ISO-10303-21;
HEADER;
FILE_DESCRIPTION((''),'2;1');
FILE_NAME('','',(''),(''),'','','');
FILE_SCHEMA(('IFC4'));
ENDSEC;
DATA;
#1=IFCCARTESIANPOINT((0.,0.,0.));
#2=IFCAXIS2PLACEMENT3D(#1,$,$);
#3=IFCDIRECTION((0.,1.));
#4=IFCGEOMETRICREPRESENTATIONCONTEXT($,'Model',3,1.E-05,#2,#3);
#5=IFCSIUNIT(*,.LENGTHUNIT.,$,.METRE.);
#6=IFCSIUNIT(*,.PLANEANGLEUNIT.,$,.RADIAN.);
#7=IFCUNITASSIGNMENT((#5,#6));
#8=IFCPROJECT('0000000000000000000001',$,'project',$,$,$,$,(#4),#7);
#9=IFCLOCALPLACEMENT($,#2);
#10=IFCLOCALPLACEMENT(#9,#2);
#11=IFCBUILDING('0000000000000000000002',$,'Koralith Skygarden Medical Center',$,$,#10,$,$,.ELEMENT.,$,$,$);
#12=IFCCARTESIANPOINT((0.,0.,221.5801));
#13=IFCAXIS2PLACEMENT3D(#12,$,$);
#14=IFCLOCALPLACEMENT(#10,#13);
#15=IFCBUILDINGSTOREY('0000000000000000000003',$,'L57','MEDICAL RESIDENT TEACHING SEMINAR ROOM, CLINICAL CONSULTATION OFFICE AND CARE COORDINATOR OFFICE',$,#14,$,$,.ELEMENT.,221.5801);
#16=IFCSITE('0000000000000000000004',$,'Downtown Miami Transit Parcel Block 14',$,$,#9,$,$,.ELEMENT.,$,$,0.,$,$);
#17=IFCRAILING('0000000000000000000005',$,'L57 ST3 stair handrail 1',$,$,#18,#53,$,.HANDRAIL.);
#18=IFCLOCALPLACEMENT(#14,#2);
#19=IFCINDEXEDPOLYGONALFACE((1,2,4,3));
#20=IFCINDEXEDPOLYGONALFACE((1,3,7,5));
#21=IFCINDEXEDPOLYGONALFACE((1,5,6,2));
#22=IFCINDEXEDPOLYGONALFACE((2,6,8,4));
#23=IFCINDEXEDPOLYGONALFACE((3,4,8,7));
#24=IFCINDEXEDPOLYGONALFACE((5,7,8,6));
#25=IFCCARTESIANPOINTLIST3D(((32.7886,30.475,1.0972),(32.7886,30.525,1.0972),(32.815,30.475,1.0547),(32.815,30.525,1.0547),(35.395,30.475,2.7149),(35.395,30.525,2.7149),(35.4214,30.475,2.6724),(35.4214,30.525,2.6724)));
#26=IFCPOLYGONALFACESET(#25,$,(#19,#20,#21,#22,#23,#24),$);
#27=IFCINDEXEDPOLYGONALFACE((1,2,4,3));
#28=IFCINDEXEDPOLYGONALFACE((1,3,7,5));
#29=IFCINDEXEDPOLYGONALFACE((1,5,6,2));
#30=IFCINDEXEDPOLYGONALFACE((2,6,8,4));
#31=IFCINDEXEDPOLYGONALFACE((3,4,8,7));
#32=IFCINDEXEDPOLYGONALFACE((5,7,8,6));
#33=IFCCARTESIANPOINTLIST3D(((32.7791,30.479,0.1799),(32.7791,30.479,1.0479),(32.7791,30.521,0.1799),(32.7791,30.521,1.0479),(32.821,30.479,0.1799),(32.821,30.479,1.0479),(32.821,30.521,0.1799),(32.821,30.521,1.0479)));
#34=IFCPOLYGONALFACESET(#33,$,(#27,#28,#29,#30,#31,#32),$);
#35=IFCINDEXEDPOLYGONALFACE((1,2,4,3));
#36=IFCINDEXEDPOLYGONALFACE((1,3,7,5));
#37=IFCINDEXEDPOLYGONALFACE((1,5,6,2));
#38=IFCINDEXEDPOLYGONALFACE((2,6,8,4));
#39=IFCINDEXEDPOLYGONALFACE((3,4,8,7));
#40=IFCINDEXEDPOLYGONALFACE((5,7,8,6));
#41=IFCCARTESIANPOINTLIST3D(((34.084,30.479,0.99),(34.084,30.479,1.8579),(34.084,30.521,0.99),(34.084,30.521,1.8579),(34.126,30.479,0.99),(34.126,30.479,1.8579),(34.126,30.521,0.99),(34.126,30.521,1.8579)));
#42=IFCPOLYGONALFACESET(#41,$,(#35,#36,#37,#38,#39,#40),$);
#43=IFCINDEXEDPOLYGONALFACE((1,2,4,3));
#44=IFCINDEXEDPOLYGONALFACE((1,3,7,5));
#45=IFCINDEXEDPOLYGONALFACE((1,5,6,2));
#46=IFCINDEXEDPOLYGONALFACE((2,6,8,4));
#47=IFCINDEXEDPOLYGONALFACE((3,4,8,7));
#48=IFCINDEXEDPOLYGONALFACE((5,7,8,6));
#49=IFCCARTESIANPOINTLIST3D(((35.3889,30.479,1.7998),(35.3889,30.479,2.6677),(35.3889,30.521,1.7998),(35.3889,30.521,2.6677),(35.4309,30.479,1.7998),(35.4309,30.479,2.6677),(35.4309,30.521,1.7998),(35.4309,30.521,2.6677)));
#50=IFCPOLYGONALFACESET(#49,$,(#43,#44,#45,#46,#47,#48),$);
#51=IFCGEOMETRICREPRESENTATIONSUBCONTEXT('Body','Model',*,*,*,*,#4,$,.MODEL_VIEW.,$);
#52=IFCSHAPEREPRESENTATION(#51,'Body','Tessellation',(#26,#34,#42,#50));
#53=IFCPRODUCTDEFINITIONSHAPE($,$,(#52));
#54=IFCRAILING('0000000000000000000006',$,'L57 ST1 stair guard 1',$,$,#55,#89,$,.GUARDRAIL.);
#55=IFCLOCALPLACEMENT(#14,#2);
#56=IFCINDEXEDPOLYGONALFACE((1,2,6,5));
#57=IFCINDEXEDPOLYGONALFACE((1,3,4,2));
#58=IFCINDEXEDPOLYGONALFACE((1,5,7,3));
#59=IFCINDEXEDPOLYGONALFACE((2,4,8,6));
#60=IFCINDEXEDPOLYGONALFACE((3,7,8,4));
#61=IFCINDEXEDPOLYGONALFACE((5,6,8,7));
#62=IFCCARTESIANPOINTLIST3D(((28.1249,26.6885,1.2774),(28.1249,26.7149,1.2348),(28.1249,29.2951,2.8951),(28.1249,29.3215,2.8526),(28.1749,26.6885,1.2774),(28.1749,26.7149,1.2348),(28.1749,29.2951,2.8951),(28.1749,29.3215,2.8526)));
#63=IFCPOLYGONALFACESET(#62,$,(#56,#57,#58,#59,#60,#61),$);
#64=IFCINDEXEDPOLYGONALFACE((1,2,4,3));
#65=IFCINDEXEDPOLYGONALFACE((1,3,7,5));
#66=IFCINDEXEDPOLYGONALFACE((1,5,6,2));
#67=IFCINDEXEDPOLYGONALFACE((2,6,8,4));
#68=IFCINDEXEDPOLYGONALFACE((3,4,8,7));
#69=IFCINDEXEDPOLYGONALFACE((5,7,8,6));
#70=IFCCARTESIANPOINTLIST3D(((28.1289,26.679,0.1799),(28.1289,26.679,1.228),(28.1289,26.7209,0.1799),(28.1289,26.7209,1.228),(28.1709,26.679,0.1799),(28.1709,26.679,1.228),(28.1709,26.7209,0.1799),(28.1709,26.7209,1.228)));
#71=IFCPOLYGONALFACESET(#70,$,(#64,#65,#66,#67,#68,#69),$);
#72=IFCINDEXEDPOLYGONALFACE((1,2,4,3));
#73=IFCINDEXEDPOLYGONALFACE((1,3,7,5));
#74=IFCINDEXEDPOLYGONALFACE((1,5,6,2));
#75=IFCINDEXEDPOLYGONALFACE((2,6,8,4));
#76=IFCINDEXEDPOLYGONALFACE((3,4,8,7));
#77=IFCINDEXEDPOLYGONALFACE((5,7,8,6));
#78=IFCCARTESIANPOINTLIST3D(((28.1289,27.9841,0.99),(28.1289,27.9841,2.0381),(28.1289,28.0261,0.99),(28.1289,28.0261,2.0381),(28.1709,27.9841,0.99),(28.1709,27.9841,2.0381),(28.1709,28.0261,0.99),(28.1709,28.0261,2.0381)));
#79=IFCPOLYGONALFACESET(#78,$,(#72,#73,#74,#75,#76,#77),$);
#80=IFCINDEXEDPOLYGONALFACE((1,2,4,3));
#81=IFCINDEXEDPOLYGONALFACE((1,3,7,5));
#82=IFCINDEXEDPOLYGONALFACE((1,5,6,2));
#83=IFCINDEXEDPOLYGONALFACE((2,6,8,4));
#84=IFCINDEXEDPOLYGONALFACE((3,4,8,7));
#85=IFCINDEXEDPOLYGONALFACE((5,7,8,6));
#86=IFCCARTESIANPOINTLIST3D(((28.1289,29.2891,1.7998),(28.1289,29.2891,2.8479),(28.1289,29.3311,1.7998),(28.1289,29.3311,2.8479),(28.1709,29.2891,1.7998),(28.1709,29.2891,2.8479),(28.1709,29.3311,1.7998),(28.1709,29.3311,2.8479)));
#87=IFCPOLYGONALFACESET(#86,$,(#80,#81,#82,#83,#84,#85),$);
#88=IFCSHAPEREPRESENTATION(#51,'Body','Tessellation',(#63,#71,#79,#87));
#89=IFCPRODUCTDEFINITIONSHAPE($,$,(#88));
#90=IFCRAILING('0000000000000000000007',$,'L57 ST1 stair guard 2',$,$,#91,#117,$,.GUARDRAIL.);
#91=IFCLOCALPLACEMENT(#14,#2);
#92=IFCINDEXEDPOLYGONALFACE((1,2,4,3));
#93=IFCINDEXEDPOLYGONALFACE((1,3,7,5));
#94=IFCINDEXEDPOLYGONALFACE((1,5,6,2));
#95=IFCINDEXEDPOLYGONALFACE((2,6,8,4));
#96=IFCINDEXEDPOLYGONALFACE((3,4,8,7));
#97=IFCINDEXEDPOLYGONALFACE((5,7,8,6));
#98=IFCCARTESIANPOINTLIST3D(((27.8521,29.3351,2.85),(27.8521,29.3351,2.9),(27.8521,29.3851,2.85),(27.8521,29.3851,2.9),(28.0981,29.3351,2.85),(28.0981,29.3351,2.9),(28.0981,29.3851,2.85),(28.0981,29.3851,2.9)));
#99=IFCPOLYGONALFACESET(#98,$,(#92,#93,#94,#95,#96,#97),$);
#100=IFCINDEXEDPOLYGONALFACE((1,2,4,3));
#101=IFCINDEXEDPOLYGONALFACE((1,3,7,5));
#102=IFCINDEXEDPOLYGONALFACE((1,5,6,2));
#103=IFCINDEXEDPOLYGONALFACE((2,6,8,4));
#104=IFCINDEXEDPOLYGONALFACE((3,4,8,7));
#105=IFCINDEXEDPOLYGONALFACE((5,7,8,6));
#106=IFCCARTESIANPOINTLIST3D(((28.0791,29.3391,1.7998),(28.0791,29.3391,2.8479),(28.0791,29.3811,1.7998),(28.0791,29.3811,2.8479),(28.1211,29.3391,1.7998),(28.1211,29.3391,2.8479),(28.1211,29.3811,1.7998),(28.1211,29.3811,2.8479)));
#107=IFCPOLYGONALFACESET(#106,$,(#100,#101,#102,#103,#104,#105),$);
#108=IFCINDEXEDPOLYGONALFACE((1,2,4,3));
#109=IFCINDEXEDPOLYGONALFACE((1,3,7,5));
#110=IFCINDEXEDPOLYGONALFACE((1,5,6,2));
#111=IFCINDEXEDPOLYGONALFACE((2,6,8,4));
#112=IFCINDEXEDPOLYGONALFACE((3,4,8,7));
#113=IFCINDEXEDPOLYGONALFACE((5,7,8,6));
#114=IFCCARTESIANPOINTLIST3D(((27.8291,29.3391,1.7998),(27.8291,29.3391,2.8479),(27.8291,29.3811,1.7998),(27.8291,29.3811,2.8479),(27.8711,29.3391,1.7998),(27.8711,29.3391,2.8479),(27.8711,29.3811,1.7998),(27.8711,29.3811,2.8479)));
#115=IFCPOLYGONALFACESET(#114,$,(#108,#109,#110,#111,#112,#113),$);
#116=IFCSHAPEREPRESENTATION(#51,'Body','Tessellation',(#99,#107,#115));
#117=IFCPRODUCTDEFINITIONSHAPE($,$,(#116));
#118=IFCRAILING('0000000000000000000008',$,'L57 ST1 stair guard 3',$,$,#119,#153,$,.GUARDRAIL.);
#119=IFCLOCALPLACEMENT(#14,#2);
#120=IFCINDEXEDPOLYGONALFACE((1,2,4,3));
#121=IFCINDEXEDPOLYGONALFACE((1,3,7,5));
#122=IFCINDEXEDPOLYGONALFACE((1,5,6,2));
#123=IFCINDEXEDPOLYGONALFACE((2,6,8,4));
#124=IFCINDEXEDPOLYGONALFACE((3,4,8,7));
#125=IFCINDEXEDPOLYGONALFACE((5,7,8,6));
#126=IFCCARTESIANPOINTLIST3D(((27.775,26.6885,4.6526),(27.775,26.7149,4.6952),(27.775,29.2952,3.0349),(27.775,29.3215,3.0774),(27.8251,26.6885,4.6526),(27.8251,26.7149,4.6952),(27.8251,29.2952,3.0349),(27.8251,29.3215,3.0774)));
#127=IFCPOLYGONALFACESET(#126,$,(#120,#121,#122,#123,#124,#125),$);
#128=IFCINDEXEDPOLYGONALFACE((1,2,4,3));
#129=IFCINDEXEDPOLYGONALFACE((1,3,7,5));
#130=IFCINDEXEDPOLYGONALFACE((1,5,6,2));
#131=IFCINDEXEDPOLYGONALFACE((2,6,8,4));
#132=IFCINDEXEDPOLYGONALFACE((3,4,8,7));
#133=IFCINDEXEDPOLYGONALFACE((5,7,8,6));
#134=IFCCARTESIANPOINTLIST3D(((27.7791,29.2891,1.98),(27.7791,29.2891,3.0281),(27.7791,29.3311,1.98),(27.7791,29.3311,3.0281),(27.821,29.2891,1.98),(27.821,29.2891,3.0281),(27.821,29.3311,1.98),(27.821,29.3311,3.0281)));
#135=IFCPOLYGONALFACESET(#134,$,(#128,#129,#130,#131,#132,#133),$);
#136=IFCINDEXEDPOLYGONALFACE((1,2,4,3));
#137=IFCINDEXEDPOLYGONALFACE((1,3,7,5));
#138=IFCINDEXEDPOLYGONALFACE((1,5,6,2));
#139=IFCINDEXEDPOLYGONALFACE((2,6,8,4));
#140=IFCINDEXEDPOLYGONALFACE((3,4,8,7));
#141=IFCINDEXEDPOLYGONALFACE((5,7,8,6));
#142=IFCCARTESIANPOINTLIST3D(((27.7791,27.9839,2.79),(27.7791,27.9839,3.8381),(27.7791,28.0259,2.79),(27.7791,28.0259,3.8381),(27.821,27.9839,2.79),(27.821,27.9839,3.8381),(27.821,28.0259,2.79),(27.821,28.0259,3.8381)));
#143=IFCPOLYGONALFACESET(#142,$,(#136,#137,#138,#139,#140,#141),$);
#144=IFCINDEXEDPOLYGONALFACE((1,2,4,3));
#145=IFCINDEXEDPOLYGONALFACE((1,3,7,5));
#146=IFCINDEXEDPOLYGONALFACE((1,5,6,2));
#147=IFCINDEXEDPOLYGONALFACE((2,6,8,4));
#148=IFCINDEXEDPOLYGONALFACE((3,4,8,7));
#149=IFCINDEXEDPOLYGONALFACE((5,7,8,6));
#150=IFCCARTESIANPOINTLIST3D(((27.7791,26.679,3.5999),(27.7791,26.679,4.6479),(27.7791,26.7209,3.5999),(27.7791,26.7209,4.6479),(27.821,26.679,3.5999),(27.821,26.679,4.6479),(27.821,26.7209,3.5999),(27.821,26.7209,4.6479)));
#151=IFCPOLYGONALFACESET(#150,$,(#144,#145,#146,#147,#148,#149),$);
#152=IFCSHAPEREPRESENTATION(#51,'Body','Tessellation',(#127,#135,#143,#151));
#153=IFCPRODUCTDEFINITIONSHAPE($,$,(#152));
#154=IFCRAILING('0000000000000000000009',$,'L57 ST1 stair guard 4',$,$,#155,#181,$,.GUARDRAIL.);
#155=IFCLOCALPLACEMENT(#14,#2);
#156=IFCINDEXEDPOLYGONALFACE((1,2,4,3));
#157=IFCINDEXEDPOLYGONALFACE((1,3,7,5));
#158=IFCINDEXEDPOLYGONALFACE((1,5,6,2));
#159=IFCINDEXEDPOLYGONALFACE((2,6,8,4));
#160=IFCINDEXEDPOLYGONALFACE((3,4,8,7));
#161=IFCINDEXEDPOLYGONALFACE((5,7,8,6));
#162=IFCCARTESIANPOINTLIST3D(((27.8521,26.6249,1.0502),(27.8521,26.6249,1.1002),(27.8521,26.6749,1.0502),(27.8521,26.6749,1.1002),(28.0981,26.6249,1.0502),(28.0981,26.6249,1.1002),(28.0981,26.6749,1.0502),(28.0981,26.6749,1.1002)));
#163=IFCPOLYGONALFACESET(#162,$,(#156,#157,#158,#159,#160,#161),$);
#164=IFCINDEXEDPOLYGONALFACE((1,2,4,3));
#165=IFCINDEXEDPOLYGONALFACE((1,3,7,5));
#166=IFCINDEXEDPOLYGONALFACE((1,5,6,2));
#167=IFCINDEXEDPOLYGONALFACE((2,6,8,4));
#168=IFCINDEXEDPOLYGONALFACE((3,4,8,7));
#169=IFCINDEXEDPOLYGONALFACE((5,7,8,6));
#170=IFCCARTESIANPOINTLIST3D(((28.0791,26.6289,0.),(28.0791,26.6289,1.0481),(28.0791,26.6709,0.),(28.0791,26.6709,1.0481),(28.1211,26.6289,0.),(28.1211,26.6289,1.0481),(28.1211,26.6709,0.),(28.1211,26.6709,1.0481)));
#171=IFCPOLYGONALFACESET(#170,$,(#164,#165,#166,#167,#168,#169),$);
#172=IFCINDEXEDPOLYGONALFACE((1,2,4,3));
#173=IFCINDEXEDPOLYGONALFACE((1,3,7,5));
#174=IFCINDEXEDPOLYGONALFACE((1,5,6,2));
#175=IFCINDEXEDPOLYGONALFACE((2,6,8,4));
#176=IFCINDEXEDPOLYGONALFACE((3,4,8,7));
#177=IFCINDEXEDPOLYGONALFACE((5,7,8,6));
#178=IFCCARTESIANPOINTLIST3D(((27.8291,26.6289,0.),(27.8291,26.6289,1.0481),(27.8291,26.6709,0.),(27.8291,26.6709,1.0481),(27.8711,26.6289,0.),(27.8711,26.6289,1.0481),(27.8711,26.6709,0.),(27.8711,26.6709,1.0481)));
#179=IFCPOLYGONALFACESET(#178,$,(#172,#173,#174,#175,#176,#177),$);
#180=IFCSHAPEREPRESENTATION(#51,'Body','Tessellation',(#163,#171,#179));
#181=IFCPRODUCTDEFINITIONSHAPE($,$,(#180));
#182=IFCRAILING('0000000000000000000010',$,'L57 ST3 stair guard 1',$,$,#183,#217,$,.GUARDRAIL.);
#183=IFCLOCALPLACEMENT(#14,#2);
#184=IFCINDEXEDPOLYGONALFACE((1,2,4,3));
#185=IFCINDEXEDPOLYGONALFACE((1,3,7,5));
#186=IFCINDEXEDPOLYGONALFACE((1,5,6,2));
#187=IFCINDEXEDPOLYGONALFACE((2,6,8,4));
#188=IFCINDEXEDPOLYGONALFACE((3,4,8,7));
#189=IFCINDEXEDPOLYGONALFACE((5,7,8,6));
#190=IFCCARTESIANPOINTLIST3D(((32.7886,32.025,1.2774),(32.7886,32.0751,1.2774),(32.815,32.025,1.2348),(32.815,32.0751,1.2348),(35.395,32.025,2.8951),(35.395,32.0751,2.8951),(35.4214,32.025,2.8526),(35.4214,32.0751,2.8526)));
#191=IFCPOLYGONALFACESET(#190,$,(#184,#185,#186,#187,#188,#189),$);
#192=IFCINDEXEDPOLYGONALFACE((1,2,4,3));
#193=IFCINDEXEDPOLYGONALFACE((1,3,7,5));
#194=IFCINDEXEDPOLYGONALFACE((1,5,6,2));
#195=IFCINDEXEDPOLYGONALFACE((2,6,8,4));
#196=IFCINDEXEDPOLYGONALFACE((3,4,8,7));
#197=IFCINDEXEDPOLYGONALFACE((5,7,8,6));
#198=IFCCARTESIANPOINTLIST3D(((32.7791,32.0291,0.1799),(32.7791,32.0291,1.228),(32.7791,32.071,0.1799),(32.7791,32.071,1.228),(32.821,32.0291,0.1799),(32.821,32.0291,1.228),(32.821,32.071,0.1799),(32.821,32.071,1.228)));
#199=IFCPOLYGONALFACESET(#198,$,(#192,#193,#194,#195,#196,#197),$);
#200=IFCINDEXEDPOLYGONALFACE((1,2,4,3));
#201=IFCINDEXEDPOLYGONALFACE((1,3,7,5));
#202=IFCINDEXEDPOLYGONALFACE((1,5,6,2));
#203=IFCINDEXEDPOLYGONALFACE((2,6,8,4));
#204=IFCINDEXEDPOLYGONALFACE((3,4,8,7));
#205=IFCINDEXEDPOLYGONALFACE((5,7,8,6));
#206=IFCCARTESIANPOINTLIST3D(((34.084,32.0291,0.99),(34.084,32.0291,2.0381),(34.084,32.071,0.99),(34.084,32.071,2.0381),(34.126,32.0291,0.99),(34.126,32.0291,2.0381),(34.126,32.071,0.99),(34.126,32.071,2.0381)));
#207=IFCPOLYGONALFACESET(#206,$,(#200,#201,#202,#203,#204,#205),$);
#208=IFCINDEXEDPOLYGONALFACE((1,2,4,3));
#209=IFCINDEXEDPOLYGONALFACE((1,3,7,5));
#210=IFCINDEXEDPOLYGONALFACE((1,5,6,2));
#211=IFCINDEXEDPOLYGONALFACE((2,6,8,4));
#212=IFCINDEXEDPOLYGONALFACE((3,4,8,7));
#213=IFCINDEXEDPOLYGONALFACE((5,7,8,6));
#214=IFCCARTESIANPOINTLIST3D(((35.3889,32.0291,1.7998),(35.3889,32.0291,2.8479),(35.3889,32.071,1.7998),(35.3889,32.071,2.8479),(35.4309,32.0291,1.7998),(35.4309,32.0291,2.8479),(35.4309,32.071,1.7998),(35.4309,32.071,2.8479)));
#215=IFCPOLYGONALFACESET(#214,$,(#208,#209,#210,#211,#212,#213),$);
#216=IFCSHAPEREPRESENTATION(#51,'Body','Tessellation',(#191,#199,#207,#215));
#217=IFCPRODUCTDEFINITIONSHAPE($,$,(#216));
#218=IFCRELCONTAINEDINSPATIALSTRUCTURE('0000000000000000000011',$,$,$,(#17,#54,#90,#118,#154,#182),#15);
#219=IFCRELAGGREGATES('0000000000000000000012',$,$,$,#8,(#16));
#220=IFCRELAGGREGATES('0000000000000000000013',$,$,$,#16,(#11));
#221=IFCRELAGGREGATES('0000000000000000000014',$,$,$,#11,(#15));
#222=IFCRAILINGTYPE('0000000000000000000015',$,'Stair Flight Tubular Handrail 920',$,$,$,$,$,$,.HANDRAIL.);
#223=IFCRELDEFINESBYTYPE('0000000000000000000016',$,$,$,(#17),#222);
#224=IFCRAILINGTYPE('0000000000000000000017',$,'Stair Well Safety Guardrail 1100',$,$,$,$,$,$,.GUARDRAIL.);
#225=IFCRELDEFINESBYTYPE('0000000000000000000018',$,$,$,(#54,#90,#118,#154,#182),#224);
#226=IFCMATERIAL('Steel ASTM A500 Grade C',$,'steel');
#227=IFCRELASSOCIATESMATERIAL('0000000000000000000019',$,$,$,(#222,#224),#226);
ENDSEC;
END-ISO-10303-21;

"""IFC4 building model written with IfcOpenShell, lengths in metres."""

from ifc_helpers import new_model, si_unit, direction, frame, origin, origin_2d, place, context, subcontext, project, spatial, rectangle, extrude, material, type_object, element, save


model = new_model("IFC4")

# Units and contexts
model_context = context("Model", 3, precision=1e-05, world=origin(), true_north=direction((0.0, 1.0)))
body_context = subcontext(model_context, "Body", "Model", "MODEL_VIEW")
ifc_project = project(units=[si_unit("LENGTHUNIT", "METRE"), si_unit("PLANEANGLEUNIT", "RADIAN")], contexts=[model_context])

# Site, building, storey
site_placement = place(None, origin())
site = spatial("IfcSite", under=ifc_project, at=site_placement, Name="Downtown Miami Transit Parcel Block 14", CompositionType="ELEMENT", RefElevation=0.0)
building_placement = place(site_placement, origin())
building = spatial("IfcBuilding", under=site, at=building_placement, Name="Koralith Skygarden Medical Center", CompositionType="ELEMENT")
storey_placement = place(building_placement, frame((0.0, 0.0, 221.5801)))
storey = spatial("IfcBuildingStorey", under=building, at=storey_placement, Name="L57", Description="MEDICAL RESIDENT TEACHING SEMINAR ROOM, CLINICAL CONSULTATION OFFICE AND CARE COORDINATOR OFFICE", CompositionType="ELEMENT", Elevation=221.5801)

# Railings
ifc_material_1 = material(Name="Steel ASTM A500 Grade C", Category="steel")
railing_type_1 = type_object("IfcRailingType", Name="Stair Flight Tubular Handrail 920", PredefinedType="HANDRAIL", material=ifc_material_1)
railing_1_placement = place(storey_placement, frame((32.8, 30.5, 0.1799)))
element("IfcRailing", 1, at=railing_1_placement, inside=storey, type_object=railing_type_1, Name="L57 ST3 stair handrail 1", PredefinedType="HANDRAIL", context=body_context, shape_type="SweptSolid", body=[
    extrude(rectangle(XDim=0.05, YDim=0.05, at=origin_2d()), frame((0.0017, 0.0, 0.896), z_axis=(0.849646, 0.0, 0.527353), x_axis=(0.0, 1.0, 0.0)), (0.0, 0.0, 1.0), 3.0676),
    extrude(rectangle(XDim=0.042, YDim=0.042, at=origin_2d()), origin(), (0.0, 0.0, 1.0), 0.8679),
    extrude(rectangle(XDim=0.042, YDim=0.042, at=origin_2d()), frame((1.3049, 0.0, 0.8101)), (0.0, 0.0, 1.0), 0.8679),
    extrude(rectangle(XDim=0.042, YDim=0.042, at=origin_2d()), frame((2.6099, 0.0, 1.6199)), (0.0, 0.0, 1.0), 0.8679),
])
railing_type_2 = type_object("IfcRailingType", Name="Stair Well Safety Guardrail 1100", PredefinedType="GUARDRAIL", material=ifc_material_1)
railing_2_placement = place(storey_placement, frame((28.1499, 26.7, 0.1799)))
element("IfcRailing", 2, at=railing_2_placement, inside=storey, type_object=railing_type_2, Name="L57 ST1 stair guard 1", PredefinedType="GUARDRAIL", context=body_context, shape_type="SweptSolid", body=[
    extrude(rectangle(XDim=0.05, YDim=0.05, at=origin_2d()), frame((0.0, 0.0017, 1.0762), z_axis=(0.0, 0.849668, 0.527317), x_axis=(-1.0, 0.0, 0.0)), (0.0, 0.0, 1.0), 3.0679),
    extrude(rectangle(XDim=0.042, YDim=0.042, at=origin_2d()), origin(), (0.0, 0.0, 1.0), 1.0481),
    extrude(rectangle(XDim=0.042, YDim=0.042, at=origin_2d()), frame((0.0, 1.3052, 0.8101)), (0.0, 0.0, 1.0), 1.0481),
    extrude(rectangle(XDim=0.042, YDim=0.042, at=origin_2d()), frame((0.0, 2.6101, 1.6199)), (0.0, 0.0, 1.0), 1.0481),
])
railing_3_placement = place(storey_placement, frame((28.1001, 29.3601, 1.7998)))
element("IfcRailing", 3, at=railing_3_placement, inside=storey, type_object=railing_type_2, Name="L57 ST1 stair guard 2", PredefinedType="GUARDRAIL", context=body_context, shape_type="SweptSolid", body=[
    extrude(rectangle(XDim=0.05, YDim=0.05, at=origin_2d()), frame((-0.002, 0.0, 1.0752), z_axis=(-1.0, 0.0, 0.0), x_axis=(0.0, -1.0, 0.0)), (0.0, 0.0, 1.0), 0.2461),
    extrude(rectangle(XDim=0.042, YDim=0.042, at=origin_2d()), origin(), (0.0, 0.0, 1.0), 1.0481),
    extrude(rectangle(XDim=0.042, YDim=0.042, at=origin_2d()), frame((-0.25, 0.0, 0.0)), (0.0, 0.0, 1.0), 1.0481),
])
railing_4_placement = place(storey_placement, frame((27.8, 29.3101, 1.98)))
element("IfcRailing", 4, at=railing_4_placement, inside=storey, type_object=railing_type_2, Name="L57 ST1 stair guard 3", PredefinedType="GUARDRAIL", context=body_context, shape_type="SweptSolid", body=[
    extrude(rectangle(XDim=0.05, YDim=0.05, at=origin_2d()), frame((0.0, -0.0017, 1.0762), z_axis=(0.0, -0.849668, 0.527317), x_axis=(1.0, 0.0, 0.0)), (0.0, 0.0, 1.0), 3.0679),
    extrude(rectangle(XDim=0.042, YDim=0.042, at=origin_2d()), origin(), (0.0, 0.0, 1.0), 1.0481),
    extrude(rectangle(XDim=0.042, YDim=0.042, at=origin_2d()), frame((0.0, -1.3052, 0.8101)), (0.0, 0.0, 1.0), 1.0481),
    extrude(rectangle(XDim=0.042, YDim=0.042, at=origin_2d()), frame((0.0, -2.6101, 1.6199)), (0.0, 0.0, 1.0), 1.0481),
])
railing_5_placement = place(storey_placement, frame((28.1001, 26.6499, 0.0)))
element("IfcRailing", 5, at=railing_5_placement, inside=storey, type_object=railing_type_2, Name="L57 ST1 stair guard 4", PredefinedType="GUARDRAIL", context=body_context, shape_type="SweptSolid", body=[
    extrude(rectangle(XDim=0.05, YDim=0.05, at=origin_2d()), frame((-0.002, 0.0, 1.0752), z_axis=(-1.0, 0.0, 0.0), x_axis=(0.0, -1.0, 0.0)), (0.0, 0.0, 1.0), 0.2461),
    extrude(rectangle(XDim=0.042, YDim=0.042, at=origin_2d()), origin(), (0.0, 0.0, 1.0), 1.0481),
    extrude(rectangle(XDim=0.042, YDim=0.042, at=origin_2d()), frame((-0.25, 0.0, 0.0)), (0.0, 0.0, 1.0), 1.0481),
])
railing_6_placement = place(storey_placement, frame((32.8, 32.05, 0.1799)))
element("IfcRailing", 6, at=railing_6_placement, inside=storey, type_object=railing_type_2, Name="L57 ST3 stair guard 1", PredefinedType="GUARDRAIL", context=body_context, shape_type="SweptSolid", body=[
    extrude(rectangle(XDim=0.05, YDim=0.05, at=origin_2d()), frame((0.0017, 0.0, 1.0762), z_axis=(0.849646, 0.0, 0.527353), x_axis=(0.0, 1.0, 0.0)), (0.0, 0.0, 1.0), 3.0676),
    extrude(rectangle(XDim=0.042, YDim=0.042, at=origin_2d()), origin(), (0.0, 0.0, 1.0), 1.0481),
    extrude(rectangle(XDim=0.042, YDim=0.042, at=origin_2d()), frame((1.3049, 0.0, 0.8101)), (0.0, 0.0, 1.0), 1.0481),
    extrude(rectangle(XDim=0.042, YDim=0.042, at=origin_2d()), frame((2.6099, 0.0, 1.6199)), (0.0, 0.0, 1.0), 1.0481),
])

save(model, "model.ifc")
